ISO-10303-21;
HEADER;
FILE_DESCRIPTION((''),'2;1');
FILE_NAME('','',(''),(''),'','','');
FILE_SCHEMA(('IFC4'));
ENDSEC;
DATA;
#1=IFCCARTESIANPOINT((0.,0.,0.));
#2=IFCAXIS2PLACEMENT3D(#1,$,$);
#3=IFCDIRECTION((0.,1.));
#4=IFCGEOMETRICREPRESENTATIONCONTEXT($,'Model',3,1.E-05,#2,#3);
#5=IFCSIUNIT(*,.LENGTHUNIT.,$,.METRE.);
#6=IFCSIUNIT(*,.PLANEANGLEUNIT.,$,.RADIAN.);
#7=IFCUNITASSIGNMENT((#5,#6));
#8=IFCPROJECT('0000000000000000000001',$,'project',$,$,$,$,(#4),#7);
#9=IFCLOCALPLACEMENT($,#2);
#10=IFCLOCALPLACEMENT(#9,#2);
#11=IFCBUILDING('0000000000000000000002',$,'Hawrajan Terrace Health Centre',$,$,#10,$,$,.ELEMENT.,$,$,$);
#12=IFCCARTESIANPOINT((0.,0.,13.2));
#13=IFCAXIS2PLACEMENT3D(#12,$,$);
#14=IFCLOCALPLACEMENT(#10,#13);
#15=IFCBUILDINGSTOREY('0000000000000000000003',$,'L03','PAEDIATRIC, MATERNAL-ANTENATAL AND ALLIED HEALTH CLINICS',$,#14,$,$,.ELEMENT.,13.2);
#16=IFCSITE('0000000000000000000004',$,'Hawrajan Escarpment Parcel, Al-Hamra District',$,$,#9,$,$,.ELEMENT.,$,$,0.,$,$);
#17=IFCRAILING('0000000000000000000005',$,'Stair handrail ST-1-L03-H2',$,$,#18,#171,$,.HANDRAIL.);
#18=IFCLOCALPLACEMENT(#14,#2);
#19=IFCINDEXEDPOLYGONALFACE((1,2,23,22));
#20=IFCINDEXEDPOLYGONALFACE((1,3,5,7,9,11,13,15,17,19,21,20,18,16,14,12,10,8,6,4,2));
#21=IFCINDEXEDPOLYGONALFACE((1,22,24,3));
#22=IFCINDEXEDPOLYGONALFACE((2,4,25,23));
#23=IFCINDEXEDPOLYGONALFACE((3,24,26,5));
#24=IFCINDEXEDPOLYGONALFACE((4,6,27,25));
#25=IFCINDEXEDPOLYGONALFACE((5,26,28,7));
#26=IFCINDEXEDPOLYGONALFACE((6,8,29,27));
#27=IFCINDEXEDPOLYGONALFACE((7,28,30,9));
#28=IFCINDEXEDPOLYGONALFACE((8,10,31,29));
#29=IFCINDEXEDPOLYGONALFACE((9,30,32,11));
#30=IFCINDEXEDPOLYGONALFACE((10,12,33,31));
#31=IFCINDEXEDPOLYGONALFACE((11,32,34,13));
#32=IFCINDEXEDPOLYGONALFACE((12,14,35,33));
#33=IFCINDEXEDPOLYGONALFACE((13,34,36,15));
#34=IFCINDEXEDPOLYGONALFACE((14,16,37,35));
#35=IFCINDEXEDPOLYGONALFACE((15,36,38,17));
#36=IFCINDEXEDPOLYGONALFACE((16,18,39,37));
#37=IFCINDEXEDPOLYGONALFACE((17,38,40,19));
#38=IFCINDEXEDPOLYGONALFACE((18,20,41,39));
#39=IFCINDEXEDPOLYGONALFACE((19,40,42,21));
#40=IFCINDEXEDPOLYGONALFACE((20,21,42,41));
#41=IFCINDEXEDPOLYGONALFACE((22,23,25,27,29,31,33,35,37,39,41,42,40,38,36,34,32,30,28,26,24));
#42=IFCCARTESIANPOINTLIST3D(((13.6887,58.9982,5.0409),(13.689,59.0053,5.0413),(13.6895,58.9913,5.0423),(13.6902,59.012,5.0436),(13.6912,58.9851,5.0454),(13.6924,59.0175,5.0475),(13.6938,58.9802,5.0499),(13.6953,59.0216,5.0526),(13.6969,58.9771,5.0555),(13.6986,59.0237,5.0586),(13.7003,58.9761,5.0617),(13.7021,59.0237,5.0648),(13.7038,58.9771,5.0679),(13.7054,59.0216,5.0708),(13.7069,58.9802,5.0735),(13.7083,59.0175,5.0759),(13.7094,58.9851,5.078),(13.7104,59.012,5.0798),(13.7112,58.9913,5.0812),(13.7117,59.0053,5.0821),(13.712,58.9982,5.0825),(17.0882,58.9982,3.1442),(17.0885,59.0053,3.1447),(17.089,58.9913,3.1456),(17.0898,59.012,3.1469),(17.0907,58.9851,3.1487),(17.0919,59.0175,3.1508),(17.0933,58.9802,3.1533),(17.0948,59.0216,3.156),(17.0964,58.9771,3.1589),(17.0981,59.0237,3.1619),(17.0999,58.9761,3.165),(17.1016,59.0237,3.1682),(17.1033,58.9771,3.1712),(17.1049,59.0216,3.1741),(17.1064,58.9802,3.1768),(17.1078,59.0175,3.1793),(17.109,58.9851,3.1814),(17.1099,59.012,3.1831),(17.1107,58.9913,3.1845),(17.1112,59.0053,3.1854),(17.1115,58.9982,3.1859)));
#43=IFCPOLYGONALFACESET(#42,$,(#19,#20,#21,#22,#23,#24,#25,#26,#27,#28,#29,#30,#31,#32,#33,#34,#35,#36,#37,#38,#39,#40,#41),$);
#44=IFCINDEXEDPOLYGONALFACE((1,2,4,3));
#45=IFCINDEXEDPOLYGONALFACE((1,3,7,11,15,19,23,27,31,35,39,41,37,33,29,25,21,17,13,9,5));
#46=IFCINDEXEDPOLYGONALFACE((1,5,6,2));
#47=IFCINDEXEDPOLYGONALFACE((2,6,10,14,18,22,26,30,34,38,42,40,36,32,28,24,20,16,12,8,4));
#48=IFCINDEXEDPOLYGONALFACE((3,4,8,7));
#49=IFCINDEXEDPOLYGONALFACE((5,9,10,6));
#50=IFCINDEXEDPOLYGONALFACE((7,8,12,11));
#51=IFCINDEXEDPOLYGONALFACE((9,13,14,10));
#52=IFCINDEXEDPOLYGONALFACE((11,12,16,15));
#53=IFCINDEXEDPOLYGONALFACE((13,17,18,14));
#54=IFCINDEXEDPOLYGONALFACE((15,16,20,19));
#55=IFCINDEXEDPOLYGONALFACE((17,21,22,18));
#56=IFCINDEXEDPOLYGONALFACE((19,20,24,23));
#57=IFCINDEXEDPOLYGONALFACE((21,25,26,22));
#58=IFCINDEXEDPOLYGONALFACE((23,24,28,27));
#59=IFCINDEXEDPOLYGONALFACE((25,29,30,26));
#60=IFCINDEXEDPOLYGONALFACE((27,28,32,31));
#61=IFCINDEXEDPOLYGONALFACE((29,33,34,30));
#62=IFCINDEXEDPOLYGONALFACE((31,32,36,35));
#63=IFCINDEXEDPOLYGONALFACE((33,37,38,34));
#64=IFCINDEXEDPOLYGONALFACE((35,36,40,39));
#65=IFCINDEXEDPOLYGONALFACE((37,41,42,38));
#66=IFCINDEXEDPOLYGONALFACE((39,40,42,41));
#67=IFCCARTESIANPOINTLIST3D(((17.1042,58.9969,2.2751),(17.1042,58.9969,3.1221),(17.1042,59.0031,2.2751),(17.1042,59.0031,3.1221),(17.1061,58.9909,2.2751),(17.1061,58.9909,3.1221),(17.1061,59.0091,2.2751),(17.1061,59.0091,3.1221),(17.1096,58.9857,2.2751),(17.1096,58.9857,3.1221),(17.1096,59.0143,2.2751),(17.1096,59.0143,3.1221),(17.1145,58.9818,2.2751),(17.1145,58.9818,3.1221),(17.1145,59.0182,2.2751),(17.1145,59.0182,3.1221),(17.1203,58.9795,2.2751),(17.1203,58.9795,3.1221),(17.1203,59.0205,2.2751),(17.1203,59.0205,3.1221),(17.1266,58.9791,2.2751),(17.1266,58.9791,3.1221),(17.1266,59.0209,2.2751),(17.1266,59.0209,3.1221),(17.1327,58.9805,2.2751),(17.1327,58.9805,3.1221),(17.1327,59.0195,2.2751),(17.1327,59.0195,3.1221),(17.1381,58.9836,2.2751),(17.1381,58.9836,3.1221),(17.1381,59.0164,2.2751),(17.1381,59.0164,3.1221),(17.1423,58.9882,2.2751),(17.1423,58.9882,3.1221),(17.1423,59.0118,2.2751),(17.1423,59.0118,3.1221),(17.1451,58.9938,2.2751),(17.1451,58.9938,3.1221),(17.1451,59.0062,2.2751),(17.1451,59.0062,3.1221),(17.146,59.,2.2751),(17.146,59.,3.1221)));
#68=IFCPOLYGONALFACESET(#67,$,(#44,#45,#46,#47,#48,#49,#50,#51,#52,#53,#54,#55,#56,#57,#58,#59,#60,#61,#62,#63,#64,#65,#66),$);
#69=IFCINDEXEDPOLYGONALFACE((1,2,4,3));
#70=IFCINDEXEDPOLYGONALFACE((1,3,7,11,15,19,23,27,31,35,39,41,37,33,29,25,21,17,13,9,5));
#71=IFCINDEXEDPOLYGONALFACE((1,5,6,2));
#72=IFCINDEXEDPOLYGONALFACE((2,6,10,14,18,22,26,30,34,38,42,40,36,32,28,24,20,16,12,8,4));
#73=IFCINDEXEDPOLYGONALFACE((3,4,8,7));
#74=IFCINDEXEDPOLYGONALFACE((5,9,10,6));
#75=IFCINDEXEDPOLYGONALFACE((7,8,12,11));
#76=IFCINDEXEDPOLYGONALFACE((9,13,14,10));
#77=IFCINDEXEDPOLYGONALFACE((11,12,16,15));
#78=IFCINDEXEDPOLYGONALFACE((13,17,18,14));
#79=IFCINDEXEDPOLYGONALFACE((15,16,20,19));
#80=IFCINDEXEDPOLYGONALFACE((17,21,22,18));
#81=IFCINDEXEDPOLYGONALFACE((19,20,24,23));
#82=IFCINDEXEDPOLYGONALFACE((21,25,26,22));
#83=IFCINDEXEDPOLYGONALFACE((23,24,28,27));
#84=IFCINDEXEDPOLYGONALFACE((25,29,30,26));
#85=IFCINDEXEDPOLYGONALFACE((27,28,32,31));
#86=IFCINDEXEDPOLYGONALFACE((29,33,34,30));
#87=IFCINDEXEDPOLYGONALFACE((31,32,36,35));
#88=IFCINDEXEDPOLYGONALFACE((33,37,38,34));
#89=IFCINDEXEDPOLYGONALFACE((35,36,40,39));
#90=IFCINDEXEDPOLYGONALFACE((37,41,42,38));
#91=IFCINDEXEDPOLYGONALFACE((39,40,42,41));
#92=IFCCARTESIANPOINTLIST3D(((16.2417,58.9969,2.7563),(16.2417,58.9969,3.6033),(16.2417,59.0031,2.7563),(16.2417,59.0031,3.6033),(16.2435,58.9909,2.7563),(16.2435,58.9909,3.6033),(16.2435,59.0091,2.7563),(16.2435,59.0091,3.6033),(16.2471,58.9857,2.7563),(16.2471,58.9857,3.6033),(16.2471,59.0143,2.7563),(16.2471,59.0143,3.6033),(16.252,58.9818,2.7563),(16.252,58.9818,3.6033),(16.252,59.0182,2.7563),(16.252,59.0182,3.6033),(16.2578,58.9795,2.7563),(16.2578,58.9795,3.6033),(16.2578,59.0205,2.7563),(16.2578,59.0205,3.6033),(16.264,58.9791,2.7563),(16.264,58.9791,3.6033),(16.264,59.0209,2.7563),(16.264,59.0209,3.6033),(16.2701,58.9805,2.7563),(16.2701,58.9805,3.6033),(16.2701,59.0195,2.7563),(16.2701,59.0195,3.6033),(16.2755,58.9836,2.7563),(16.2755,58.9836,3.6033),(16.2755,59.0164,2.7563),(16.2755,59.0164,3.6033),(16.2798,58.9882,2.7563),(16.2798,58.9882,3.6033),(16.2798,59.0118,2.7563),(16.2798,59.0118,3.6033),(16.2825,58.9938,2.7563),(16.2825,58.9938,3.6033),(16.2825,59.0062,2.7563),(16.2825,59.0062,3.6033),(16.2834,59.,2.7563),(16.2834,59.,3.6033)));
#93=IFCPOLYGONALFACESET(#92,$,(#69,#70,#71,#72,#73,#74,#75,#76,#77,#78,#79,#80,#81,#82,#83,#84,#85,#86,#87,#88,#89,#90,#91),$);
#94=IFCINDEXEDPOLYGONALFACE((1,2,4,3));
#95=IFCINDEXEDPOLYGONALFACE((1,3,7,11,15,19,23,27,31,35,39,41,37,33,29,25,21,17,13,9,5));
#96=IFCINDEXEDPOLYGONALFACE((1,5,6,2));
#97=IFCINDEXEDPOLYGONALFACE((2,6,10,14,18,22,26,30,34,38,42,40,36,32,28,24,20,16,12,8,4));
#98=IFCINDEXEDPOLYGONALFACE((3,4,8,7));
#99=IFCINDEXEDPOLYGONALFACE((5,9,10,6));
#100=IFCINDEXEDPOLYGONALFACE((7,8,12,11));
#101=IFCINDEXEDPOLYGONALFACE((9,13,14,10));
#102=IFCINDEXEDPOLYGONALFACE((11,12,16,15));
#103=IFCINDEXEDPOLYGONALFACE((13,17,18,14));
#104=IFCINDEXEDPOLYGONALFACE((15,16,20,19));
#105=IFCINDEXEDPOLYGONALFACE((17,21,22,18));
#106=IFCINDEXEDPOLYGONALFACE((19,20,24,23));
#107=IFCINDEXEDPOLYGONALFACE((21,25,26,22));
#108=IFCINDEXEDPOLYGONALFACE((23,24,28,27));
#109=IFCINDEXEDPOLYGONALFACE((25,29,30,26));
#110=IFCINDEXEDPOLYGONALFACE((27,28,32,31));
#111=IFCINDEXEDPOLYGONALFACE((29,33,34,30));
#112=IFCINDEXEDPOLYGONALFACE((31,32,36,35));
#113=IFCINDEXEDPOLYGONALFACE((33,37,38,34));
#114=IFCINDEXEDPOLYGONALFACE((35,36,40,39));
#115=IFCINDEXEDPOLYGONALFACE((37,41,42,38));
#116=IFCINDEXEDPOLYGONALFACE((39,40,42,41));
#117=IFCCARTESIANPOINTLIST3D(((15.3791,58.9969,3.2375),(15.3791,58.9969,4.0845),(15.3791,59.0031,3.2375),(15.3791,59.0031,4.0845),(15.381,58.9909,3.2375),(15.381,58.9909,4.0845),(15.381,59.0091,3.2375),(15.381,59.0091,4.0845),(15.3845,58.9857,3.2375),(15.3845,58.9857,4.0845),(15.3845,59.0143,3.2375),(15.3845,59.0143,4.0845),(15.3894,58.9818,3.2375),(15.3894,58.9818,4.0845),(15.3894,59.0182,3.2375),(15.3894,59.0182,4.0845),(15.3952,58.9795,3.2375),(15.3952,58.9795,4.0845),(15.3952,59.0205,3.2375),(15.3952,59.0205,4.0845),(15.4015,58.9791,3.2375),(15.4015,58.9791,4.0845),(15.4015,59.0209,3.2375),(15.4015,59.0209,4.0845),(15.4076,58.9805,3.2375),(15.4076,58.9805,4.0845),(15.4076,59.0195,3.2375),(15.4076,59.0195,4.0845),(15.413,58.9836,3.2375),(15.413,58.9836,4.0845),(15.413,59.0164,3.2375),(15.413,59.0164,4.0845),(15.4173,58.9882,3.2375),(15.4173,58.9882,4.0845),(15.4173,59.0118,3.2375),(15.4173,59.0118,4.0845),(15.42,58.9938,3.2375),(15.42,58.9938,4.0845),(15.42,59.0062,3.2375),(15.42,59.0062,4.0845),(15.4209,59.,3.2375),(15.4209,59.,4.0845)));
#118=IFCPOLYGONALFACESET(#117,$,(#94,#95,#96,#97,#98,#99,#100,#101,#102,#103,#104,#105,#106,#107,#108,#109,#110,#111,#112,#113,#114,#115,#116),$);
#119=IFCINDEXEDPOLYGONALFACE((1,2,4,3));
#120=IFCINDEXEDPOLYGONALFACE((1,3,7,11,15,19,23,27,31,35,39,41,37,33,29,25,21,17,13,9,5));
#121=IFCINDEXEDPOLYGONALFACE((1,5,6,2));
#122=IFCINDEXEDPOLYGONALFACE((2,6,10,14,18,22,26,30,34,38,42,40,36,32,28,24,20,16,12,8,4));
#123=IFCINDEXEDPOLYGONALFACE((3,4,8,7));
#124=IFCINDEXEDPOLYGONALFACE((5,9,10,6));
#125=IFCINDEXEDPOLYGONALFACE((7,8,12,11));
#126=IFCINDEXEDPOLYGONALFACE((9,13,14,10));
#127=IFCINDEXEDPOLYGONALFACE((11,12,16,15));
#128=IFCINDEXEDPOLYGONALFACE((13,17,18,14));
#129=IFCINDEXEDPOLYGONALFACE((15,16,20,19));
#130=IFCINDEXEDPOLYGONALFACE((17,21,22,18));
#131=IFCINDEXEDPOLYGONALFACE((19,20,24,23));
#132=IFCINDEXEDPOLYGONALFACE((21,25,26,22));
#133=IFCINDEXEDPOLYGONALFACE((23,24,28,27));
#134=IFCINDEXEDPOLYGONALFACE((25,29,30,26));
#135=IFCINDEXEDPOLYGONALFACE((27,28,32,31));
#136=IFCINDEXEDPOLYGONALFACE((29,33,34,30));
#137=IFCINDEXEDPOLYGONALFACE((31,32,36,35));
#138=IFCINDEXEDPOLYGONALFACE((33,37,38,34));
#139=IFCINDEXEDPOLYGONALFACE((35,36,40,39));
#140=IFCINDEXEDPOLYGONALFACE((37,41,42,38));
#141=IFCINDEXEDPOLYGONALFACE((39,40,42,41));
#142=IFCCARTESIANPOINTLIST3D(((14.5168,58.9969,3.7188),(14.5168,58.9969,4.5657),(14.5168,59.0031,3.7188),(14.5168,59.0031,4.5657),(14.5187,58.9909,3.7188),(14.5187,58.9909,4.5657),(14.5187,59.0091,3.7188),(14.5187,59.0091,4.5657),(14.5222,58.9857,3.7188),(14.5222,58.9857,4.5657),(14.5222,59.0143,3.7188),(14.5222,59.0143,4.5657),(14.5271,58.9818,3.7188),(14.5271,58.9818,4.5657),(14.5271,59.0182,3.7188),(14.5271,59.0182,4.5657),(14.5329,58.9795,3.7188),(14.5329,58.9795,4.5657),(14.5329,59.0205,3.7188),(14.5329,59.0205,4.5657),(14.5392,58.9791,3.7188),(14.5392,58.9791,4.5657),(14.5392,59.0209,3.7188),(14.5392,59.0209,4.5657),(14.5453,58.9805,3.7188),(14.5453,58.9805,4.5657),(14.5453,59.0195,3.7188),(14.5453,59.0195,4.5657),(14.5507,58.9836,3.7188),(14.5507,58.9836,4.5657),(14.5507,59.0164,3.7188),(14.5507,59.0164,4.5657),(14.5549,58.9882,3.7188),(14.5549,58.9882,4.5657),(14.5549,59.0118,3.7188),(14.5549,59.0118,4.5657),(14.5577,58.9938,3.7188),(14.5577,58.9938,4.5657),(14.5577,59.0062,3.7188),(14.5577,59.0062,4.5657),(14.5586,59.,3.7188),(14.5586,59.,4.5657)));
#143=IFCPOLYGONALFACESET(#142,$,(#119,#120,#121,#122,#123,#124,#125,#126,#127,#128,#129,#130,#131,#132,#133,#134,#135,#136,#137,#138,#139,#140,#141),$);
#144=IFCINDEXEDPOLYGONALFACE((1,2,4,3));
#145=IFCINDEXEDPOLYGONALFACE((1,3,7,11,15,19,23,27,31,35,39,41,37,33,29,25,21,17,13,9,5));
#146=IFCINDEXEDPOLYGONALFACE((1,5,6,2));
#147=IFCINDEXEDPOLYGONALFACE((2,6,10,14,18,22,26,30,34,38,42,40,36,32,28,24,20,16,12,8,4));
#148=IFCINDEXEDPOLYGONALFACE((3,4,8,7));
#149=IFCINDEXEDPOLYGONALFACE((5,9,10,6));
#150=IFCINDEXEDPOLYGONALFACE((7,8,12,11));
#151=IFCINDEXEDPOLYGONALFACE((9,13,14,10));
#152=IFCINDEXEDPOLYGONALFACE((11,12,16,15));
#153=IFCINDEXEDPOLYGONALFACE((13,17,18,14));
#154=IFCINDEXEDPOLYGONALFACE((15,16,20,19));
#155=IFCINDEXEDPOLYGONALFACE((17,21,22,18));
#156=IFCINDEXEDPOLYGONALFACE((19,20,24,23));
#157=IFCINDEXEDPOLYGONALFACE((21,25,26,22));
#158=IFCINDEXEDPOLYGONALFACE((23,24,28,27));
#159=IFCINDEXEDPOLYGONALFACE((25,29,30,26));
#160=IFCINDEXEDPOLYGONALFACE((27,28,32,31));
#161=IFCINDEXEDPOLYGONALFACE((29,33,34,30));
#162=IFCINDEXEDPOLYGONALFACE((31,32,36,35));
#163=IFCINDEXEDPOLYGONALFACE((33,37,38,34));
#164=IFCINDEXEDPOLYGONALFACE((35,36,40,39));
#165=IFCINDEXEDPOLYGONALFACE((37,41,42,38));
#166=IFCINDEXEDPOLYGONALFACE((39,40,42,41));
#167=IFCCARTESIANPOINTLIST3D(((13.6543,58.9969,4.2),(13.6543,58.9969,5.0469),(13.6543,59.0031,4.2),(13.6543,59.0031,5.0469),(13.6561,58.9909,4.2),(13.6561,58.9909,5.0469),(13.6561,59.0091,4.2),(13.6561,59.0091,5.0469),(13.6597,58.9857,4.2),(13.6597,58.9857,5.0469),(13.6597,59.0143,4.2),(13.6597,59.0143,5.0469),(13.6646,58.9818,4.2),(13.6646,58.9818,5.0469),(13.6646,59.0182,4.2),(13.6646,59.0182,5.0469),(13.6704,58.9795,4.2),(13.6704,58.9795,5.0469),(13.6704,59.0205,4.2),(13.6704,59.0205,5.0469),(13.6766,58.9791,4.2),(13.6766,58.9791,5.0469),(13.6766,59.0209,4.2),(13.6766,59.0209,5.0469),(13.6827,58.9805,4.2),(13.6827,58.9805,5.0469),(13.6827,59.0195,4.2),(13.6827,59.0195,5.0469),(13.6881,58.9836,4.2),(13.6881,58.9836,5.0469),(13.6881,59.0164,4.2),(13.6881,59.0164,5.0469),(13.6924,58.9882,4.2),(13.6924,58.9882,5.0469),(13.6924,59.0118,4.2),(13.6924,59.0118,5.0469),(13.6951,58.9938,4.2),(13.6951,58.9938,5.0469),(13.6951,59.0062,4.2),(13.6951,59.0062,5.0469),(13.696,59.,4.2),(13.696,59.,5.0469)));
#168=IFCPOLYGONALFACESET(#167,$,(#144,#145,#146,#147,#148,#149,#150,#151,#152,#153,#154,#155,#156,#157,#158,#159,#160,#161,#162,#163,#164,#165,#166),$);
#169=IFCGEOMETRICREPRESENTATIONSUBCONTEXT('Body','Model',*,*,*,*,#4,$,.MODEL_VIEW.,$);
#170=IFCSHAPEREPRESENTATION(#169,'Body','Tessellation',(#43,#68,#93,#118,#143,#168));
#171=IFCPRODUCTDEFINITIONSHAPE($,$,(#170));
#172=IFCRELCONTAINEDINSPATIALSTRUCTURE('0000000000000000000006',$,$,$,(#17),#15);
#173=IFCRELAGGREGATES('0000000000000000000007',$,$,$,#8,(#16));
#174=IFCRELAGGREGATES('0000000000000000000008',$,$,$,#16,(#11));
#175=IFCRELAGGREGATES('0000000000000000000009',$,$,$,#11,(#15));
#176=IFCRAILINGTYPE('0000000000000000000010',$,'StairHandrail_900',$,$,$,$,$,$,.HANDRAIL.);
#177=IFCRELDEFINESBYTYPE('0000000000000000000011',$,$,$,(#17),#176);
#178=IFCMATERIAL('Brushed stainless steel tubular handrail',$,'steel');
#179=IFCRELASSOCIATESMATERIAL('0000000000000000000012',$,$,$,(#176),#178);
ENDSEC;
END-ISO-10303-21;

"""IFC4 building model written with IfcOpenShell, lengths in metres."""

from ifc_helpers import new_model, si_unit, direction, frame, origin, origin_2d, place, context, subcontext, project, spatial, circle, extrude, material, type_object, element, save


model = new_model("IFC4")

# Units and contexts
model_context = context("Model", 3, precision=1e-05, world=origin(), true_north=direction((0.0, 1.0)))
body_context = subcontext(model_context, "Body", "Model", "MODEL_VIEW")
ifc_project = project(units=[si_unit("LENGTHUNIT", "METRE"), si_unit("PLANEANGLEUNIT", "RADIAN")], contexts=[model_context])

# Site, building, storey
site_placement = place(None, origin())
site = spatial("IfcSite", under=ifc_project, at=site_placement, Name="Hawrajan Escarpment Parcel, Al-Hamra District", CompositionType="ELEMENT", RefElevation=0.0)
building_placement = place(site_placement, origin())
building = spatial("IfcBuilding", under=site, at=building_placement, Name="Hawrajan Terrace Health Centre", CompositionType="ELEMENT")
storey_placement = place(building_placement, frame((0.0, 0.0, 13.2)))
storey = spatial("IfcBuildingStorey", under=building, at=storey_placement, Name="L03", Description="PAEDIATRIC, MATERNAL-ANTENATAL AND ALLIED HEALTH CLINICS", CompositionType="ELEMENT", Elevation=13.2)

# Railing
ifc_material_1 = material(Name="Brushed stainless steel tubular handrail", Category="steel")
railing_type_1 = type_object("IfcRailingType", Name="StairHandrail_900", PredefinedType="HANDRAIL", material=ifc_material_1)
railing_1_placement = place(storey_placement, frame((17.125, 59.0, 2.2751)))
element("IfcRailing", 1, at=railing_1_placement, inside=storey, type_object=railing_type_1, Name="Stair handrail ST-1-L03-H2", PredefinedType="HANDRAIL", context=body_context, shape_type="SweptSolid", body=[
    extrude(circle(Radius=0.0239, at=origin_2d()), frame((-0.0251, 0.0, 0.8899), z_axis=(-0.873278, 0.0, 0.487222), x_axis=(0.0, -1.0, 0.0)), (0.0, 0.0, 1.0), 3.8928),
    extrude(circle(Radius=0.021, at=origin_2d()), origin(), (0.0, 0.0, 1.0), 0.8469),
    extrude(circle(Radius=0.021, at=origin_2d()), frame((-0.8625, 0.0, 0.4812)), (0.0, 0.0, 1.0), 0.8469),
    extrude(circle(Radius=0.021, at=origin_2d()), frame((-1.7251, 0.0, 0.9624)), (0.0, 0.0, 1.0), 0.8469),
    extrude(circle(Radius=0.021, at=origin_2d()), frame((-2.5874, 0.0, 1.4436)), (0.0, 0.0, 1.0), 0.8469),
    extrude(circle(Radius=0.021, at=origin_2d()), frame((-3.45, 0.0, 1.9248)), (0.0, 0.0, 1.0), 0.8469),
])

save(model, "model.ifc")
